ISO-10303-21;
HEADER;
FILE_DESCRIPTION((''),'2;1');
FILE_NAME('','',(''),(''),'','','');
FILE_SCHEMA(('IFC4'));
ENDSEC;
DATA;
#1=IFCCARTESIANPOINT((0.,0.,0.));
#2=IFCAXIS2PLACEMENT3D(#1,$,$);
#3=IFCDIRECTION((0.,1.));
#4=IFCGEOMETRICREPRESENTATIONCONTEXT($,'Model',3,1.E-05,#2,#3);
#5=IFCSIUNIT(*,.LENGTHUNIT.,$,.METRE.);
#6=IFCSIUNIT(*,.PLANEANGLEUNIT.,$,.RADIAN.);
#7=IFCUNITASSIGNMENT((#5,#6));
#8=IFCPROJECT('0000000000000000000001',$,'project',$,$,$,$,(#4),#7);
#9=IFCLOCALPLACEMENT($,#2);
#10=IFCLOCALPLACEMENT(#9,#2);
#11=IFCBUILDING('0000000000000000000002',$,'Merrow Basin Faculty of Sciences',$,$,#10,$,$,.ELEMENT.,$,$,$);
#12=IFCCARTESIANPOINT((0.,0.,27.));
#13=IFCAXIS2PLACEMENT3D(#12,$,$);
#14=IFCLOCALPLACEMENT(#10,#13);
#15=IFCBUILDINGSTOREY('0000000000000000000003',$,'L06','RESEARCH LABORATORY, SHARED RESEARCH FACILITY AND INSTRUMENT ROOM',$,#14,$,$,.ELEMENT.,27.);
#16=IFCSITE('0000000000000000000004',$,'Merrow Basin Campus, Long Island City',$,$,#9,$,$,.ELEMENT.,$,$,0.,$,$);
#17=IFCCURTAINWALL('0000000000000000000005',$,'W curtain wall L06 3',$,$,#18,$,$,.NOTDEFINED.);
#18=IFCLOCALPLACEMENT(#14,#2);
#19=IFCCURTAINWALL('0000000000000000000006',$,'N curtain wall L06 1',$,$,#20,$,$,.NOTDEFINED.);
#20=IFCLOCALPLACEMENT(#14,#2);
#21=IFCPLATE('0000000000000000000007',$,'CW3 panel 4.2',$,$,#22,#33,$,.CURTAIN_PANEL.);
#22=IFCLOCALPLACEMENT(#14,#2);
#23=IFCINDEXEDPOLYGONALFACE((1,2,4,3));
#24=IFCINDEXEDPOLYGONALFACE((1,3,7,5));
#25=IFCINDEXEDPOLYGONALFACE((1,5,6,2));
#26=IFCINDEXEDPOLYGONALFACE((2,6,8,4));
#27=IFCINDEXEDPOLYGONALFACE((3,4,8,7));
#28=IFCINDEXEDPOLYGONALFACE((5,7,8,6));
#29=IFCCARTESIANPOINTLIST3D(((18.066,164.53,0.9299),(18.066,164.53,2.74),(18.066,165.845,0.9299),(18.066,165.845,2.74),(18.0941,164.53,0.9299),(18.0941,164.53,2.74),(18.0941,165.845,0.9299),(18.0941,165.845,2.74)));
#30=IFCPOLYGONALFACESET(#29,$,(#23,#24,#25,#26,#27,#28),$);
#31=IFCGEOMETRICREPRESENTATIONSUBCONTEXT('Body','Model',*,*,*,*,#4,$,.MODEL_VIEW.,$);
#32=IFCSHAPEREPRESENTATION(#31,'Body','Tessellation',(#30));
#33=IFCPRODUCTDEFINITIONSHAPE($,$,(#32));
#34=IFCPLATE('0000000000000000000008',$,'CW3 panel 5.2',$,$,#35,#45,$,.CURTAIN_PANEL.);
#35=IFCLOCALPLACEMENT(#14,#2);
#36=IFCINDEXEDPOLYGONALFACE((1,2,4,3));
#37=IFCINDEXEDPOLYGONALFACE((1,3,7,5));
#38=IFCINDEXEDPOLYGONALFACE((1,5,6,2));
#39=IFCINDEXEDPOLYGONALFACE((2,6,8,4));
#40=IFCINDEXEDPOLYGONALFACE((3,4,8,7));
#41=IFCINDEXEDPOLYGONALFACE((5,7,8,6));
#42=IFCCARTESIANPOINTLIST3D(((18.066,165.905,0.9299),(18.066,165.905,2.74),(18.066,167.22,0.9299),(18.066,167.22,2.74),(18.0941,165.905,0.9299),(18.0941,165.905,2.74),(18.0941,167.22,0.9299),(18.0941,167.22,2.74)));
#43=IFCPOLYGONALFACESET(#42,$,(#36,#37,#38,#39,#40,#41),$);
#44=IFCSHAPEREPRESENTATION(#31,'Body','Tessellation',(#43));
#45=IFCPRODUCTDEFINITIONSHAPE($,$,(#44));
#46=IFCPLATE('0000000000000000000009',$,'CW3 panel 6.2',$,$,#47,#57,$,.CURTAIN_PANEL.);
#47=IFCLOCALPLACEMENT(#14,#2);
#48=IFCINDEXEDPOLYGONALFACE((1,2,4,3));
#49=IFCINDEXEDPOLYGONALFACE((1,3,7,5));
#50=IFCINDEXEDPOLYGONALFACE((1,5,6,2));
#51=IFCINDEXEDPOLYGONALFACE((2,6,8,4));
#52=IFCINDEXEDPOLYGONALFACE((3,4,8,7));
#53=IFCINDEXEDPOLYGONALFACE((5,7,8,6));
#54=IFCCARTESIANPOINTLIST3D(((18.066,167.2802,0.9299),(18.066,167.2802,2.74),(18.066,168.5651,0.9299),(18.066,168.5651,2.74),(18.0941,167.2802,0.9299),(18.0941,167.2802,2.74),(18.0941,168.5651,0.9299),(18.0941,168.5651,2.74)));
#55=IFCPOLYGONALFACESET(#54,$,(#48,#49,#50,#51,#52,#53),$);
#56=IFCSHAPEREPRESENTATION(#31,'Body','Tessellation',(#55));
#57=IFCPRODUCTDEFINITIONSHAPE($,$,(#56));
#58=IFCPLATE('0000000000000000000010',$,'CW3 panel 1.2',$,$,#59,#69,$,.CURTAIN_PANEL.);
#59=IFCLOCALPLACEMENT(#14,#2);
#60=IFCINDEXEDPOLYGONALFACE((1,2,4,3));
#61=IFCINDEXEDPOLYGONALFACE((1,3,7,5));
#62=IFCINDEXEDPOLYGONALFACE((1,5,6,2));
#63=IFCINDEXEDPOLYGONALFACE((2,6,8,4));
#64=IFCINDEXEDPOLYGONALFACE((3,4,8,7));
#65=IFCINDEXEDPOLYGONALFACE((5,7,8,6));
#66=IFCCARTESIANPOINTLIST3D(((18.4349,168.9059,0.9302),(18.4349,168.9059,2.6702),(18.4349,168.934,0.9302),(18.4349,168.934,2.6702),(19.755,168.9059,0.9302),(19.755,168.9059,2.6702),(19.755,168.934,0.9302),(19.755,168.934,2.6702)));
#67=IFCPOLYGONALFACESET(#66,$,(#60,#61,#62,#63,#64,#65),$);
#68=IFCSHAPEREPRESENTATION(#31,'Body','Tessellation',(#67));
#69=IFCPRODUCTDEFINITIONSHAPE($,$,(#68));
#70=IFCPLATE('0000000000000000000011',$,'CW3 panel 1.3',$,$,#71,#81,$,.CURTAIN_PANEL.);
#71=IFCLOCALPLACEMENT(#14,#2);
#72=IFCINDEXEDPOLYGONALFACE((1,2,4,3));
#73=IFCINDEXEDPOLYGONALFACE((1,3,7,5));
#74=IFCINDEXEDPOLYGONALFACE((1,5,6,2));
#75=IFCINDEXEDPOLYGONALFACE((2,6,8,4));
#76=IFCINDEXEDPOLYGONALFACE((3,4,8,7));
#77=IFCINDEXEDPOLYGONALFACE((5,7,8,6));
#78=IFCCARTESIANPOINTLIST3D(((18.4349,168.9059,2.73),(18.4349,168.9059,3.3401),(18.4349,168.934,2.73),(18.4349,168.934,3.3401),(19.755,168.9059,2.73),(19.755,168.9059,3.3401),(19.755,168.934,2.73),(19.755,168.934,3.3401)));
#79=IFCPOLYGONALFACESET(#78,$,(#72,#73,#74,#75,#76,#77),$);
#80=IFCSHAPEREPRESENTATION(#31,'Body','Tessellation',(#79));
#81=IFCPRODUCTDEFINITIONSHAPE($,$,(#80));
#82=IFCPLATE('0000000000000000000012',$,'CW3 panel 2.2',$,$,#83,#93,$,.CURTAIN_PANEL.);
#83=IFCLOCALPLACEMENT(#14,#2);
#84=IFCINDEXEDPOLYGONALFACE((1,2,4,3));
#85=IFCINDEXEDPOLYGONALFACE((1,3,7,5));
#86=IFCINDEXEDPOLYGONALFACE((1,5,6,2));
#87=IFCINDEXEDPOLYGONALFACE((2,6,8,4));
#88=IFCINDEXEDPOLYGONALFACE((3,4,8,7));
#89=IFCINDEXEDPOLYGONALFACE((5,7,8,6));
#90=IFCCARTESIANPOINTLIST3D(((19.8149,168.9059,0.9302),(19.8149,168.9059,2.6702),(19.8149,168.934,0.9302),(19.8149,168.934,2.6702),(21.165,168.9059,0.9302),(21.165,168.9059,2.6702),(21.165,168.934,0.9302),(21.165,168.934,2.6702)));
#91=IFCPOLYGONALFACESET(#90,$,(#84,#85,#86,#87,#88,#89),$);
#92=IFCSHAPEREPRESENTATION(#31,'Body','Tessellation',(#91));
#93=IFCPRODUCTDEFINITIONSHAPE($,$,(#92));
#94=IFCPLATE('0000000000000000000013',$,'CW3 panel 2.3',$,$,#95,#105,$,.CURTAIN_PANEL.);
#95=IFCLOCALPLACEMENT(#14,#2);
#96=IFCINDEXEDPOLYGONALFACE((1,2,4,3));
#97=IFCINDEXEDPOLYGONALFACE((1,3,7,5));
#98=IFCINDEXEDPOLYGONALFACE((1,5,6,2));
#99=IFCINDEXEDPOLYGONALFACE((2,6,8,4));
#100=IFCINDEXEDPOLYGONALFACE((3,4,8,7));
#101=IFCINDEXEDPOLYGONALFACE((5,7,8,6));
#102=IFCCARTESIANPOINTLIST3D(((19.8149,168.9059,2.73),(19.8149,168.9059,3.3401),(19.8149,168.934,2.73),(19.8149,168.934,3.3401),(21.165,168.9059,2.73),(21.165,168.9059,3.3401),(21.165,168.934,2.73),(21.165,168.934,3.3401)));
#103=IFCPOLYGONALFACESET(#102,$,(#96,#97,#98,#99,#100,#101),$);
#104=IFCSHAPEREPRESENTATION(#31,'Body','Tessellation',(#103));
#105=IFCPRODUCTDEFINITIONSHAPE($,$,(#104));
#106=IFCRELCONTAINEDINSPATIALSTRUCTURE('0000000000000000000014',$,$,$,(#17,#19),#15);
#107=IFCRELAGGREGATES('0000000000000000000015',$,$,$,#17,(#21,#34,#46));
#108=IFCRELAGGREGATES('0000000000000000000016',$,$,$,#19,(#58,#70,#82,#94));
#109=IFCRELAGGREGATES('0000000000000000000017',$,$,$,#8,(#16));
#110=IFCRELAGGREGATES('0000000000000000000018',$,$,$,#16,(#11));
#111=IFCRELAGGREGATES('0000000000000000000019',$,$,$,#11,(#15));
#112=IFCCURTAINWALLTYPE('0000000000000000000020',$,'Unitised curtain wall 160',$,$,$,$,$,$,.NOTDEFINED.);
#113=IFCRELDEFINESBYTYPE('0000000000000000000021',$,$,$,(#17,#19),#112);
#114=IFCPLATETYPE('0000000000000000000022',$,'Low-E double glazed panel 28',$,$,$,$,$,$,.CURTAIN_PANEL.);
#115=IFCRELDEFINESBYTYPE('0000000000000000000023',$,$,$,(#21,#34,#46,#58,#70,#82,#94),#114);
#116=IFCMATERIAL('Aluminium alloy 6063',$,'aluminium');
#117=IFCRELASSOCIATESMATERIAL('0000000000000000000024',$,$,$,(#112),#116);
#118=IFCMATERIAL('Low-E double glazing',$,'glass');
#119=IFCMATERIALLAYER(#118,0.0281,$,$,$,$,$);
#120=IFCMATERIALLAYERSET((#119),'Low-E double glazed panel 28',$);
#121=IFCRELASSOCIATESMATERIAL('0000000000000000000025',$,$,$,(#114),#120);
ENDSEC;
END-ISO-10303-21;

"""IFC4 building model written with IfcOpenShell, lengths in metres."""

from ifc_helpers import new_model, si_unit, direction, frame, origin, origin_2d, place, context, subcontext, project, spatial, rectangle, extrude, material, layer, layer_set, type_object, element, aggregate, save


model = new_model("IFC4")

# Units and contexts
model_context = context("Model", 3, precision=1e-05, world=origin(), true_north=direction((0.0, 1.0)))
body_context = subcontext(model_context, "Body", "Model", "MODEL_VIEW")
ifc_project = project(units=[si_unit("LENGTHUNIT", "METRE"), si_unit("PLANEANGLEUNIT", "RADIAN")], contexts=[model_context])

# Site, building, storey
site_placement = place(None, origin())
site = spatial("IfcSite", under=ifc_project, at=site_placement, Name="Merrow Basin Campus, Long Island City", CompositionType="ELEMENT", RefElevation=0.0)
building_placement = place(site_placement, origin())
building = spatial("IfcBuilding", under=site, at=building_placement, Name="Merrow Basin Faculty of Sciences", CompositionType="ELEMENT")
storey_placement = place(building_placement, frame((0.0, 0.0, 27.0)))
storey = spatial("IfcBuildingStorey", under=building, at=storey_placement, Name="L06", Description="RESEARCH LABORATORY, SHARED RESEARCH FACILITY AND INSTRUMENT ROOM", CompositionType="ELEMENT", Elevation=27.0)

# Curtain wall
ifc_material_1 = material(Name="Aluminium alloy 6063", Category="aluminium")
curtain_wall_type = type_object("IfcCurtainWallType", Name="Unitised curtain wall 160", PredefinedType="NOTDEFINED", material=ifc_material_1)
curtain_wall_1_placement = place(storey_placement, origin())
curtain_wall_1 = element("IfcCurtainWall", 1, at=curtain_wall_1_placement, inside=storey, type_object=curtain_wall_type, Name="W curtain wall L06 3", PredefinedType="NOTDEFINED")

# Curtain wall
curtain_wall_2_placement = place(storey_placement, origin())
curtain_wall_2 = element("IfcCurtainWall", 2, at=curtain_wall_2_placement, inside=storey, type_object=curtain_wall_type, Name="N curtain wall L06 1", PredefinedType="NOTDEFINED")

# Plates
ifc_material_2 = material(Name="Low-E double glazing", Category="glass")
ifc_layer_1 = layer(ifc_material_2, 0.0281)
ifc_layer_set_1 = layer_set([ifc_layer_1], Name="Low-E double glazed panel 28")
plate_type_1 = type_object("IfcPlateType", Name="Low-E double glazed panel 28", PredefinedType="CURTAIN_PANEL", material=ifc_layer_set_1)
plate_1_placement = place(storey_placement, frame((18.0801, 165.1875, 0.9299), z_axis=(0.0, 0.0, 1.0), x_axis=(0.0, 1.0, 0.0)))
plate_1 = element("IfcPlate", 3, at=plate_1_placement, type_object=plate_type_1, Name="CW3 panel 4.2", PredefinedType="CURTAIN_PANEL", context=body_context, shape_type="SweptSolid", body=[
    extrude(rectangle(XDim=1.3149, YDim=0.0281, at=origin_2d()), origin(), (0.0, 0.0, 1.0), 1.8101),
])
plate_2_placement = place(storey_placement, frame((18.0801, 166.5625, 0.9299), z_axis=(0.0, 0.0, 1.0), x_axis=(0.0, 1.0, 0.0)))
plate_2 = element("IfcPlate", 4, at=plate_2_placement, type_object=plate_type_1, Name="CW3 panel 5.2", PredefinedType="CURTAIN_PANEL", context=body_context, shape_type="SweptSolid", body=[
    extrude(rectangle(XDim=1.3149, YDim=0.0281, at=origin_2d()), origin(), (0.0, 0.0, 1.0), 1.8101),
])
plate_3_placement = place(storey_placement, frame((18.0801, 167.9226, 0.9299), z_axis=(0.0, 0.0, 1.0), x_axis=(0.0, 1.0, 0.0)))
plate_3 = element("IfcPlate", 5, at=plate_3_placement, type_object=plate_type_1, Name="CW3 panel 6.2", PredefinedType="CURTAIN_PANEL", context=body_context, shape_type="SweptSolid", body=[
    extrude(rectangle(XDim=1.2849, YDim=0.0281, at=origin_2d()), origin(), (0.0, 0.0, 1.0), 1.8101),
])
aggregate(curtain_wall_1, [plate_1, plate_2, plate_3])
plate_4_placement = place(storey_placement, frame((19.095, 168.9199, 0.9302), z_axis=(0.0, 0.0, 1.0), x_axis=(1.0, 0.0, 0.0)))
plate_4 = element("IfcPlate", 6, at=plate_4_placement, type_object=plate_type_1, Name="CW3 panel 1.2", PredefinedType="CURTAIN_PANEL", context=body_context, shape_type="SweptSolid", body=[
    extrude(rectangle(XDim=1.3201, YDim=0.0281, at=origin_2d()), origin(), (0.0, 0.0, 1.0), 1.74),
])
plate_5_placement = place(storey_placement, frame((19.095, 168.9199, 2.73), z_axis=(0.0, 0.0, 1.0), x_axis=(1.0, 0.0, 0.0)))
plate_5 = element("IfcPlate", 7, at=plate_5_placement, type_object=plate_type_1, Name="CW3 panel 1.3", PredefinedType="CURTAIN_PANEL", context=body_context, shape_type="SweptSolid", body=[
    extrude(rectangle(XDim=1.3201, YDim=0.0281, at=origin_2d()), origin(), (0.0, 0.0, 1.0), 0.6101),
])
plate_6_placement = place(storey_placement, frame((20.49, 168.9199, 0.9302), z_axis=(0.0, 0.0, 1.0), x_axis=(1.0, 0.0, 0.0)))
plate_6 = element("IfcPlate", 8, at=plate_6_placement, type_object=plate_type_1, Name="CW3 panel 2.2", PredefinedType="CURTAIN_PANEL", context=body_context, shape_type="SweptSolid", body=[
    extrude(rectangle(XDim=1.3501, YDim=0.0281, at=origin_2d()), origin(), (0.0, 0.0, 1.0), 1.74),
])
plate_7_placement = place(storey_placement, frame((20.49, 168.9199, 2.73), z_axis=(0.0, 0.0, 1.0), x_axis=(1.0, 0.0, 0.0)))
plate_7 = element("IfcPlate", 9, at=plate_7_placement, type_object=plate_type_1, Name="CW3 panel 2.3", PredefinedType="CURTAIN_PANEL", context=body_context, shape_type="SweptSolid", body=[
    extrude(rectangle(XDim=1.3501, YDim=0.0281, at=origin_2d()), origin(), (0.0, 0.0, 1.0), 0.6101),
])
aggregate(curtain_wall_2, [plate_4, plate_5, plate_6, plate_7])

save(model, "model.ifc")
